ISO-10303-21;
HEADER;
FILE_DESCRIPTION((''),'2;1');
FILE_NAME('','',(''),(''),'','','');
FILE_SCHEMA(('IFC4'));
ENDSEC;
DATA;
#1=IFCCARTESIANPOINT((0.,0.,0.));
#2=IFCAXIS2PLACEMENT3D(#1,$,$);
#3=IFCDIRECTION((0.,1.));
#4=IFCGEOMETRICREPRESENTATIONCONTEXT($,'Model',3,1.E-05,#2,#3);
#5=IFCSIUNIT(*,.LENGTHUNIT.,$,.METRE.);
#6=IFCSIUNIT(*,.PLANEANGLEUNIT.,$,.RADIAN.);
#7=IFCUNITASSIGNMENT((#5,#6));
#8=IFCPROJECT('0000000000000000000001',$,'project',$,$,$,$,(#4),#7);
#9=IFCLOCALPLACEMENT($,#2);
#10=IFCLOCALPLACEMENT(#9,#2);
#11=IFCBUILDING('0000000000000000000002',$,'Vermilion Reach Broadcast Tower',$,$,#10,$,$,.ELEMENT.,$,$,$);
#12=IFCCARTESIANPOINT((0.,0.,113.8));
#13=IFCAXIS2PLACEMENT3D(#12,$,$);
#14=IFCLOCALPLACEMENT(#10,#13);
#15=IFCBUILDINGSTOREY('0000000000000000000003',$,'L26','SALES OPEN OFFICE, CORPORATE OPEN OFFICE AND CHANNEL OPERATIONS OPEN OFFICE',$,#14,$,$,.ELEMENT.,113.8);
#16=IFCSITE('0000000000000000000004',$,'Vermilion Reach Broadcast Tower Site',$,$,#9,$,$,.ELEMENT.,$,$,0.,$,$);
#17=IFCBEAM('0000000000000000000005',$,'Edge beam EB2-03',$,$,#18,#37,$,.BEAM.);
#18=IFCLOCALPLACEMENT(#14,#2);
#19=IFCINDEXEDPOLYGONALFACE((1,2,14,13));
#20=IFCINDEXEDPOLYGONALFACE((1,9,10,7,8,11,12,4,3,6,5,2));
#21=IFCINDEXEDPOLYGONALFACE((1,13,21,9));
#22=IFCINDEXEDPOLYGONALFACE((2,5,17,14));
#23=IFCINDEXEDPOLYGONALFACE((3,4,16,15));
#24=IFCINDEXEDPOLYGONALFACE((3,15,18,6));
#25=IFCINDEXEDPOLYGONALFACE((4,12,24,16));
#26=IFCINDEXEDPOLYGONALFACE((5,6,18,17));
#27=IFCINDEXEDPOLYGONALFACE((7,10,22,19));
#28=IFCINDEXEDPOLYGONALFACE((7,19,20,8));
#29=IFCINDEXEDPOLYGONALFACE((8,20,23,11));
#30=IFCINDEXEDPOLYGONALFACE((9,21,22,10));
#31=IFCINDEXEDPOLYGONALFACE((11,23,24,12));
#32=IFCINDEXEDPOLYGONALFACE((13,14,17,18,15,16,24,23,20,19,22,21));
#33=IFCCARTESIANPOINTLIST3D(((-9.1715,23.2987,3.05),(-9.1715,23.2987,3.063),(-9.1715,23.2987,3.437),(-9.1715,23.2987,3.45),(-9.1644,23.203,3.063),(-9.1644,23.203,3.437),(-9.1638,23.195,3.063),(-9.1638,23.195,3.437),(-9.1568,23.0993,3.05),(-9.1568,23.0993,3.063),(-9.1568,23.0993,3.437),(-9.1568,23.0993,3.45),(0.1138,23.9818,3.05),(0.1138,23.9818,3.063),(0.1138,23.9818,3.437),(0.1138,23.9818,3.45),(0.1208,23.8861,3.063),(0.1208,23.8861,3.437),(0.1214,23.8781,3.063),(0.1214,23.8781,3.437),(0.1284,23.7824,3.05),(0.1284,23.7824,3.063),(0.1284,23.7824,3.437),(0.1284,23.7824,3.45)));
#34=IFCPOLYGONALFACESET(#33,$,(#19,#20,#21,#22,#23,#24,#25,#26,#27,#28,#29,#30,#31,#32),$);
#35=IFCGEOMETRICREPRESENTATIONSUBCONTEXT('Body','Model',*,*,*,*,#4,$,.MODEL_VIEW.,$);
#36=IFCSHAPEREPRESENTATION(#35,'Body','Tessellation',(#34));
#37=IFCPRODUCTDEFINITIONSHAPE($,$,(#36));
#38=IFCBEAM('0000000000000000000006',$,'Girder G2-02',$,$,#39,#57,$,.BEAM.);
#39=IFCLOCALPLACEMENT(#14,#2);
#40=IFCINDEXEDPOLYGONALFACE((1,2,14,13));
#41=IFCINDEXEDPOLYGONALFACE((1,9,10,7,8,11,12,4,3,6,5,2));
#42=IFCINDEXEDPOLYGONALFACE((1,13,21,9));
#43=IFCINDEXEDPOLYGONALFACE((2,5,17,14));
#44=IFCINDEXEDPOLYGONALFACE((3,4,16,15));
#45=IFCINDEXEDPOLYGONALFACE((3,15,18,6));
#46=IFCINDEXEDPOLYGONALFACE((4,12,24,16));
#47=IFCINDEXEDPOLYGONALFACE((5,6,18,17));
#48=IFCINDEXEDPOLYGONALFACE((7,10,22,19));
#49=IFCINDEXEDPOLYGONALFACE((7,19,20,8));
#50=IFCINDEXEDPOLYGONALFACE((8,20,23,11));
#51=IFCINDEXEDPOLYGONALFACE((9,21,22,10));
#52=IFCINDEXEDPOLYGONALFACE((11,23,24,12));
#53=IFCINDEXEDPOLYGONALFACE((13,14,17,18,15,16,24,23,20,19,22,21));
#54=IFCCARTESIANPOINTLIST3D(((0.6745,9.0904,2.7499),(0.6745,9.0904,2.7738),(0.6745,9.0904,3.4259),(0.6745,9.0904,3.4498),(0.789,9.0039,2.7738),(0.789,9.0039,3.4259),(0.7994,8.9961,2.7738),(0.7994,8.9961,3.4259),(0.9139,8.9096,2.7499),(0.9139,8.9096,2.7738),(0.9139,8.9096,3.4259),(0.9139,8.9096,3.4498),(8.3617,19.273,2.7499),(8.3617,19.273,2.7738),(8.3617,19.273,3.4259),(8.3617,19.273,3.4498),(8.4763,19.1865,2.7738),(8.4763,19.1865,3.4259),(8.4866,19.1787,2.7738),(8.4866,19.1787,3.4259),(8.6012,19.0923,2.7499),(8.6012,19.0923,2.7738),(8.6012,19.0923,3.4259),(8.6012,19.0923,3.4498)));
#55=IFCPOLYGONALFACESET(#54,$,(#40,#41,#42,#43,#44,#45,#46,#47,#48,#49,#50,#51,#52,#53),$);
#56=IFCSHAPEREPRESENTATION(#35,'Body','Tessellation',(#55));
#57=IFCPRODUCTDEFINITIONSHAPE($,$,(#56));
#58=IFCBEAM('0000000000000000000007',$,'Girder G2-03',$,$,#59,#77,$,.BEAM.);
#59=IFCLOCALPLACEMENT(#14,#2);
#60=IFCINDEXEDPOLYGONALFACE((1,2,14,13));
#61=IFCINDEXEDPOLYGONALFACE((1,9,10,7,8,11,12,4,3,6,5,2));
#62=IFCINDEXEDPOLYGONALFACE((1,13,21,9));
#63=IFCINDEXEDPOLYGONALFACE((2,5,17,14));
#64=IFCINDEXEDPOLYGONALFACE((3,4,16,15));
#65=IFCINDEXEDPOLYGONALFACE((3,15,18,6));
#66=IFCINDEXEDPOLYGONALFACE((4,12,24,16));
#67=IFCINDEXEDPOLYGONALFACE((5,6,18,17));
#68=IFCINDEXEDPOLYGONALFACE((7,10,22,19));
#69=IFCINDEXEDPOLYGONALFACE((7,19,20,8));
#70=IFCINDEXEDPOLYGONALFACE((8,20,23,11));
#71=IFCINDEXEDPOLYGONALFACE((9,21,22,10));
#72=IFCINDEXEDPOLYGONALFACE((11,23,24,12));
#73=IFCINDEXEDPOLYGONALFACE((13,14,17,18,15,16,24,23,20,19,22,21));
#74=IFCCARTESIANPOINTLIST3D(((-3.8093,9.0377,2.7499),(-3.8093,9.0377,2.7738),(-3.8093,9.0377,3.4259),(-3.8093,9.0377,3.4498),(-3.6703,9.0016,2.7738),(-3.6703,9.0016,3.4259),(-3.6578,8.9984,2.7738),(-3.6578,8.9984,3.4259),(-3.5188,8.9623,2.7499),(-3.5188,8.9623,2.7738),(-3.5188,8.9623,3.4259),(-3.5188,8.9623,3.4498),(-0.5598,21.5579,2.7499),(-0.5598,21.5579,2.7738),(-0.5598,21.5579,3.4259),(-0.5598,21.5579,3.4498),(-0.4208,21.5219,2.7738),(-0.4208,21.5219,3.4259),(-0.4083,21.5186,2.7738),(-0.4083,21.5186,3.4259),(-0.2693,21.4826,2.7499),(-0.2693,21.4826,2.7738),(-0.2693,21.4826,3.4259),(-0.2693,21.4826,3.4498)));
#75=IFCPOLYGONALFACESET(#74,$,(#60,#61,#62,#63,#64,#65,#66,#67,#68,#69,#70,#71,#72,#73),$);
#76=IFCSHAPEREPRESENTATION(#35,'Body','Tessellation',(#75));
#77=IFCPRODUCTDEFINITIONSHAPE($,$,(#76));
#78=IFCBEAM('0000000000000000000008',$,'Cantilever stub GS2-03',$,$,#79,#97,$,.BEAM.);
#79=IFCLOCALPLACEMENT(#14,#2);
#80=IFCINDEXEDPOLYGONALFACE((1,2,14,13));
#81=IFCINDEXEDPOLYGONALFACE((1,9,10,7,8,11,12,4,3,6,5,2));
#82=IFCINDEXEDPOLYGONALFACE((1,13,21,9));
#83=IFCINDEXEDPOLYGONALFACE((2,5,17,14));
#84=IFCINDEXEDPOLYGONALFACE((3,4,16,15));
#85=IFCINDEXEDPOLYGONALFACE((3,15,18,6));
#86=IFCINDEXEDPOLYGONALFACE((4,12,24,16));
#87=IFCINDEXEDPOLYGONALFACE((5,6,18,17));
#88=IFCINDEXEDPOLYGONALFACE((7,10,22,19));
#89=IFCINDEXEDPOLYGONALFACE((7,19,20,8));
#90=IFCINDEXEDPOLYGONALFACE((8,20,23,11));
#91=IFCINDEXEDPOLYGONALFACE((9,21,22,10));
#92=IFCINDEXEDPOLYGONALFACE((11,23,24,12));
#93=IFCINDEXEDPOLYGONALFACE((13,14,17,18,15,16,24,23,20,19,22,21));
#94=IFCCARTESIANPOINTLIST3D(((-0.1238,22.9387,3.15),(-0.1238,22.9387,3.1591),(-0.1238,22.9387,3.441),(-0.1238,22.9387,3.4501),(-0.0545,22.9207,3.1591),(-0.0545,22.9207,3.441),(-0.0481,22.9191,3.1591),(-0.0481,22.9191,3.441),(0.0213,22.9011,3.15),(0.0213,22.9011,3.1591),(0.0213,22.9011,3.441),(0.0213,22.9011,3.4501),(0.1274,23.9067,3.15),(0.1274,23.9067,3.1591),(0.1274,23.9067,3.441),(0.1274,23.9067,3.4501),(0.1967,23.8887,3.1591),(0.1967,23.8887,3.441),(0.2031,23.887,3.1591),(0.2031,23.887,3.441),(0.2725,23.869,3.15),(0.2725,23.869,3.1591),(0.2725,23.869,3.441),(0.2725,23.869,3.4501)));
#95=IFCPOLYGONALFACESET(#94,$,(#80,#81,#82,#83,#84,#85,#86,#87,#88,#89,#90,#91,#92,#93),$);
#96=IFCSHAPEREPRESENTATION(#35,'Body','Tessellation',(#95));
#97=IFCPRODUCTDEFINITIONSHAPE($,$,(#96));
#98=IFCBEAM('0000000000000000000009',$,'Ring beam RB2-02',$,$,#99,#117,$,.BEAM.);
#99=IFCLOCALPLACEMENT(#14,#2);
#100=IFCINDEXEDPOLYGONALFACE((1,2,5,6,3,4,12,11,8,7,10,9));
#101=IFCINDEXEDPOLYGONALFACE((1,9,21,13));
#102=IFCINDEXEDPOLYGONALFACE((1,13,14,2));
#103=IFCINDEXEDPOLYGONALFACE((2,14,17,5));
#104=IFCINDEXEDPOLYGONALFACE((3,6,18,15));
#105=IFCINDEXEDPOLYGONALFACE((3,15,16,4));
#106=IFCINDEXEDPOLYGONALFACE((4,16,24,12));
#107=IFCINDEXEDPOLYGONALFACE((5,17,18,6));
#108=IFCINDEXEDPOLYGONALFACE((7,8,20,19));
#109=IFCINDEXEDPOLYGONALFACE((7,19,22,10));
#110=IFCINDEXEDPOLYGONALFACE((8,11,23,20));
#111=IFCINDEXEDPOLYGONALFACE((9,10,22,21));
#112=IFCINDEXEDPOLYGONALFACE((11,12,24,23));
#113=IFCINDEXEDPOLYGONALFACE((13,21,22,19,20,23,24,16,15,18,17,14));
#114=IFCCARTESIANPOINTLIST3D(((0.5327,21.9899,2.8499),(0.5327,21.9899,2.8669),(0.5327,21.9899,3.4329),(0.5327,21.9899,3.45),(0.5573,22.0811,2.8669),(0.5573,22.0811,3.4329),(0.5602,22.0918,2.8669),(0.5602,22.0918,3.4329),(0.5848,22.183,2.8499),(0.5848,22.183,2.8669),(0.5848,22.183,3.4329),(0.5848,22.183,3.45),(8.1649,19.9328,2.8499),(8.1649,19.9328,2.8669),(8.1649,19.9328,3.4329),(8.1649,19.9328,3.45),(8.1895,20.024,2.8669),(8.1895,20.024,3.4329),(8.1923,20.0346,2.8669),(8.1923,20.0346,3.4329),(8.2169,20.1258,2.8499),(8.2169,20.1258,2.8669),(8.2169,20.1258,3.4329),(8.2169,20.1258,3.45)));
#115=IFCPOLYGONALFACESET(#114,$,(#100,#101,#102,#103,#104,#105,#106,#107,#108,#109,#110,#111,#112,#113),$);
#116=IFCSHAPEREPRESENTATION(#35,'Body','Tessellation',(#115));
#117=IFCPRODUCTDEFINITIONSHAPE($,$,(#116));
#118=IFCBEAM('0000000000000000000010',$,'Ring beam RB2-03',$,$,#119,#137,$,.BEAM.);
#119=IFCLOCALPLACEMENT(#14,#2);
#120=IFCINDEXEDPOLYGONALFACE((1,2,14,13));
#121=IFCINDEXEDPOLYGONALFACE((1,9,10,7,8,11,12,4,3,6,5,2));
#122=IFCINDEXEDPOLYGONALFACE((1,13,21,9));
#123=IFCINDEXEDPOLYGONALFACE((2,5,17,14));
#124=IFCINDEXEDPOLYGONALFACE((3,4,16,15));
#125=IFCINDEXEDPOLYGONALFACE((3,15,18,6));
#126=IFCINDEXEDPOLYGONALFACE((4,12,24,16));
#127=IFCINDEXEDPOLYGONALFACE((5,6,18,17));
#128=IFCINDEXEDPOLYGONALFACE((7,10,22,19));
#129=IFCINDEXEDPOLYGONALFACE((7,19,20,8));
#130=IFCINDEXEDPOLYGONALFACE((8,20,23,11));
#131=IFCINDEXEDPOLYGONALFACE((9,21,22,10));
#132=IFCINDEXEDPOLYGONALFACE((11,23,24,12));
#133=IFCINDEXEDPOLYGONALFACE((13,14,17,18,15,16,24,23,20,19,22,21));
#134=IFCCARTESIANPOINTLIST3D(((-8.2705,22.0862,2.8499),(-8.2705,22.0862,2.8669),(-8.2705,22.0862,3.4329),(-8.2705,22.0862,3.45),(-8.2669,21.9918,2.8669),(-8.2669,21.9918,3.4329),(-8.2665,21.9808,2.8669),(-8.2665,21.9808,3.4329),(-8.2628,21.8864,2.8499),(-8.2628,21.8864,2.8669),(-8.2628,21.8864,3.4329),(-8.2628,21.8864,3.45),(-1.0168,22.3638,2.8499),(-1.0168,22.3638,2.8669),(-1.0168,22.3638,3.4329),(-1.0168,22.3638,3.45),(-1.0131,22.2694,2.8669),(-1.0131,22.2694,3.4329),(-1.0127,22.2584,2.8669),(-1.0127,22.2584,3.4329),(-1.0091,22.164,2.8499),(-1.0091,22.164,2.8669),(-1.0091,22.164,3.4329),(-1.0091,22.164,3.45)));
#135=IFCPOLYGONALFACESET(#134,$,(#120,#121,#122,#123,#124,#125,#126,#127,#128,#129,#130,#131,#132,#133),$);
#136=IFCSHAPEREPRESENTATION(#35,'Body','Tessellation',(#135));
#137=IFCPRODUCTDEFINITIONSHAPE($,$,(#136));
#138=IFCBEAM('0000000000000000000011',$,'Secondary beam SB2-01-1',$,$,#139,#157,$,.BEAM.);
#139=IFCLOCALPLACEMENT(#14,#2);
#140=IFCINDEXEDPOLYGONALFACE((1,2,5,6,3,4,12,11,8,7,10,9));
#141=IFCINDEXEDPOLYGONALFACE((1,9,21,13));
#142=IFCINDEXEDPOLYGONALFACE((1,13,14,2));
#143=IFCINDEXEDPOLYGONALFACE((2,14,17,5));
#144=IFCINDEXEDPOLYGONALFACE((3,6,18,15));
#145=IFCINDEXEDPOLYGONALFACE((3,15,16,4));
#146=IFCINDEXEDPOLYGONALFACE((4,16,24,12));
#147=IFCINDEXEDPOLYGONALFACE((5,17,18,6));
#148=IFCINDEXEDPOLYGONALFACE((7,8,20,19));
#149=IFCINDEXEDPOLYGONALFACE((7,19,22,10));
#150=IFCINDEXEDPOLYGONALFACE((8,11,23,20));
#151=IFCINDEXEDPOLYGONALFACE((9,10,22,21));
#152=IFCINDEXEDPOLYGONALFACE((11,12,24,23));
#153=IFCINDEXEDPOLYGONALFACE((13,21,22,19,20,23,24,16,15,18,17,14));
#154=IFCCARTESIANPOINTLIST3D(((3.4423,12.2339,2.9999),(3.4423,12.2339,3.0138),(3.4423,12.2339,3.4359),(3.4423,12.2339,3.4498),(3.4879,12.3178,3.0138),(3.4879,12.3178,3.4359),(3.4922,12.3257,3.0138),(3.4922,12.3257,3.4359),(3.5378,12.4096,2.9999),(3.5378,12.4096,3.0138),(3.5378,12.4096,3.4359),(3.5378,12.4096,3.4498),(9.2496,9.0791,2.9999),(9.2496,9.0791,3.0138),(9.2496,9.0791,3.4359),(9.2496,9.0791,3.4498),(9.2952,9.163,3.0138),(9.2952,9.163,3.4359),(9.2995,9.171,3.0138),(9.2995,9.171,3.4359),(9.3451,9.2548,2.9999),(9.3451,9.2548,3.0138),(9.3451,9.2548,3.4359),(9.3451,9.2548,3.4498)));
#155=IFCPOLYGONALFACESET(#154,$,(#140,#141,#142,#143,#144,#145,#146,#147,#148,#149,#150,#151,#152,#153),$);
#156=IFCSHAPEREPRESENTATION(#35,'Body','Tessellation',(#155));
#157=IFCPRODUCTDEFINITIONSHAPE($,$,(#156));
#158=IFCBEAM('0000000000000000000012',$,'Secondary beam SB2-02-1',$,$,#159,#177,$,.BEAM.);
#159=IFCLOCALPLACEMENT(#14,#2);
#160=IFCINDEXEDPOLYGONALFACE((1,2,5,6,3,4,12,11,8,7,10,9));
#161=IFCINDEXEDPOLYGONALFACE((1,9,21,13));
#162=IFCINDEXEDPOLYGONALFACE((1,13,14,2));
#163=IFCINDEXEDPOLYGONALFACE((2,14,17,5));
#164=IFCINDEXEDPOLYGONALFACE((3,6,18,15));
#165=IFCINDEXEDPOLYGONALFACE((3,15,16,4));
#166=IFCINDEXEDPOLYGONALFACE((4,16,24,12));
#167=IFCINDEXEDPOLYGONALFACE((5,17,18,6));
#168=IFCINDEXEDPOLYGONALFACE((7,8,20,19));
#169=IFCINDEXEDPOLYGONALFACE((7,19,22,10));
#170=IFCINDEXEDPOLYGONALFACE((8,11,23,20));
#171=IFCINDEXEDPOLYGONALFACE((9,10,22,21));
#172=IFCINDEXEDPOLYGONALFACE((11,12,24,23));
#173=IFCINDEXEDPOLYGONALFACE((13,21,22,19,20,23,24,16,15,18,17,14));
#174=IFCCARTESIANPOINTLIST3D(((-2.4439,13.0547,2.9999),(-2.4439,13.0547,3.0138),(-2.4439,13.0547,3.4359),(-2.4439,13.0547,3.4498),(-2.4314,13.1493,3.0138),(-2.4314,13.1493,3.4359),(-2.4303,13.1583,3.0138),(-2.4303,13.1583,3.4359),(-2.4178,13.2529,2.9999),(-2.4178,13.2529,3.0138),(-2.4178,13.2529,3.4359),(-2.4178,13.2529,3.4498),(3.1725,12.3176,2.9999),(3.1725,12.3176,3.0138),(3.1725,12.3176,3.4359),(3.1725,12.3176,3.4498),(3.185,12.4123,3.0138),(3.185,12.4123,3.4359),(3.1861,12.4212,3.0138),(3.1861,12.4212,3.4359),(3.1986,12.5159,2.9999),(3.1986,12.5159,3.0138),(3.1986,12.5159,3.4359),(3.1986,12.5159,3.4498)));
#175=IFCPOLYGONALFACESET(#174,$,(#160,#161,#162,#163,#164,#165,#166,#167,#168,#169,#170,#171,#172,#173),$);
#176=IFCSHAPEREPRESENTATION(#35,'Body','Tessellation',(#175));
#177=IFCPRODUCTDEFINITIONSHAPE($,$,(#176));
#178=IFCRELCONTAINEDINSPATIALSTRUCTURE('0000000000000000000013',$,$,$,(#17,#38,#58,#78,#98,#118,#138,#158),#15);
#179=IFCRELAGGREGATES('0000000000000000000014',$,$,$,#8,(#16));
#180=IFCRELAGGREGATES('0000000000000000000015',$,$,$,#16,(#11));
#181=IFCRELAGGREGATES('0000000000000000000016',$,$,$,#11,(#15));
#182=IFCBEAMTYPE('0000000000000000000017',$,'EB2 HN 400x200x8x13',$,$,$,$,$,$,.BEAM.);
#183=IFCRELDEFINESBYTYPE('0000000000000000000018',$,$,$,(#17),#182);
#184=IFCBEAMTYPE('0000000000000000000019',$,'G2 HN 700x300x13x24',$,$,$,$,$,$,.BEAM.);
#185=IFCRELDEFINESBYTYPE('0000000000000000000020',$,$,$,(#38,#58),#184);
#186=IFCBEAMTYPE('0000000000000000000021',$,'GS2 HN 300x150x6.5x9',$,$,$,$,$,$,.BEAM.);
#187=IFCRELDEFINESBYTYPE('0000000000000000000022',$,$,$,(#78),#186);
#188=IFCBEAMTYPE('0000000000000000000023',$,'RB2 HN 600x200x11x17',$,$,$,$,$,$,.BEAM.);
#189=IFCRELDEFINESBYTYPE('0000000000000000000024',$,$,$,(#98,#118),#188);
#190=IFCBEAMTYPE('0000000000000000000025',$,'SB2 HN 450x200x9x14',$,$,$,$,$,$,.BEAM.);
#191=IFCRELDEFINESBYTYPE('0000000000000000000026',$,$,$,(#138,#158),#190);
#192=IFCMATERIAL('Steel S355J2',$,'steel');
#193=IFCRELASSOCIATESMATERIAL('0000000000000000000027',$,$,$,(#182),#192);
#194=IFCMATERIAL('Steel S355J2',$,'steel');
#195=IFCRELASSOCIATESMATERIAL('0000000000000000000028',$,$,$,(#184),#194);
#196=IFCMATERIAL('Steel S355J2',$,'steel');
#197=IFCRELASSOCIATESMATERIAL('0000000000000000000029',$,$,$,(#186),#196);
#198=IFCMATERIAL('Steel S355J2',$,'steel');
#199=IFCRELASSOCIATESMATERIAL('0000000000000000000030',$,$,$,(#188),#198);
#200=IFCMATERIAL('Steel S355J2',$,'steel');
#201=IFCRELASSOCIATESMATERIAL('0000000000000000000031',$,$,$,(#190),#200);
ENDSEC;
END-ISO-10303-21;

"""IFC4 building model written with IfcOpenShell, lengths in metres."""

from ifc_helpers import new_model, si_unit, direction, frame, origin, origin_2d, place, context, subcontext, project, spatial, i_section, extrude, material, material_profile, profile_set, type_object, element, save


model = new_model("IFC4")

# Units and contexts
model_context = context("Model", 3, precision=1e-05, world=origin(), true_north=direction((0.0, 1.0)))
body_context = subcontext(model_context, "Body", "Model", "MODEL_VIEW")
ifc_project = project(units=[si_unit("LENGTHUNIT", "METRE"), si_unit("PLANEANGLEUNIT", "RADIAN")], contexts=[model_context])

# Site, building, storey
site_placement = place(None, origin())
site = spatial("IfcSite", under=ifc_project, at=site_placement, Name="Vermilion Reach Broadcast Tower Site", CompositionType="ELEMENT", RefElevation=0.0)
building_placement = place(site_placement, origin())
building = spatial("IfcBuilding", under=site, at=building_placement, Name="Vermilion Reach Broadcast Tower", CompositionType="ELEMENT")
storey_placement = place(building_placement, frame((0.0, 0.0, 113.8)))
storey = spatial("IfcBuildingStorey", under=building, at=storey_placement, Name="L26", Description="SALES OPEN OFFICE, CORPORATE OPEN OFFICE AND CHANNEL OPERATIONS OPEN OFFICE", CompositionType="ELEMENT", Elevation=113.8)

# Beams
ifc_material_1 = material(Name="Steel S355J2", Category="steel")
ifc_material_profile_1 = material_profile(ifc_material_1, i_section(OverallWidth=0.2, OverallDepth=0.3999, WebThickness=0.0081, FlangeThickness=0.0129, at=origin_2d()), Name="S355J2 HN 400x200x8x13")
ifc_profile_set_1 = profile_set([ifc_material_profile_1], Name="Steel S355J2")
beam_type_1 = type_object("IfcBeamType", Name="EB2 HN 400x200x8x13", PredefinedType="BEAM", material=ifc_profile_set_1)
beam_1_placement = place(storey_placement, frame((0.1211, 23.8821, 3.25), z_axis=(-0.997305, -0.073371, 0.0), x_axis=(0.073371, -0.997305, 0.0)))
element("IfcBeam", 1, at=beam_1_placement, inside=storey, type_object=beam_type_1, Name="Edge beam EB2-03", PredefinedType="BEAM", context=body_context, shape_type="SweptSolid", body=[
    extrude(i_section(OverallWidth=0.2, OverallDepth=0.3999, WebThickness=0.0081, FlangeThickness=0.0129, at=origin_2d()), origin(), (0.0, 0.0, 1.0), 9.3103),
])
ifc_material_2 = material(Name="Steel S355J2", Category="steel")
ifc_material_profile_2 = material_profile(ifc_material_2, i_section(OverallWidth=0.3, OverallDepth=0.7, WebThickness=0.0129, FlangeThickness=0.0239, at=origin_2d()), Name="S355J2 HN 700x300x13x24")
ifc_profile_set_2 = profile_set([ifc_material_profile_2], Name="Steel S355J2")
beam_type_2 = type_object("IfcBeamType", Name="G2 HN 700x300x13x24", PredefinedType="BEAM", material=ifc_profile_set_2)
beam_2_placement = place(storey_placement, frame((0.7942, 9.0, 3.0999), z_axis=(0.60252, 0.798104, 0.0), x_axis=(-0.798104, 0.60252, 0.0)))
element("IfcBeam", 2, at=beam_2_placement, inside=storey, type_object=beam_type_2, Name="Girder G2-02", PredefinedType="BEAM", context=body_context, shape_type="SweptSolid", body=[
    extrude(i_section(OverallWidth=0.3, OverallDepth=0.7, WebThickness=0.0129, FlangeThickness=0.0239, at=origin_2d()), origin(), (0.0, 0.0, 1.0), 12.7585),
])
beam_3_placement = place(storey_placement, frame((-3.6641, 9.0, 3.0999), z_axis=(0.251217, 0.967931, 0.0), x_axis=(-0.967931, 0.251217, 0.0)))
element("IfcBeam", 3, at=beam_3_placement, inside=storey, type_object=beam_type_2, Name="Girder G2-03", PredefinedType="BEAM", context=body_context, shape_type="SweptSolid", body=[
    extrude(i_section(OverallWidth=0.3, OverallDepth=0.7, WebThickness=0.0129, FlangeThickness=0.0239, at=origin_2d()), origin(), (0.0, 0.0, 1.0), 12.9351),
])
ifc_material_3 = material(Name="Steel S355J2", Category="steel")
ifc_material_profile_3 = material_profile(ifc_material_3, i_section(OverallWidth=0.1499, OverallDepth=0.3, WebThickness=0.0066, FlangeThickness=0.009, at=origin_2d()), Name="S355J2 HN 300x150x6.5x9")
ifc_profile_set_3 = profile_set([ifc_material_profile_3], Name="Steel S355J2")
beam_type_3 = type_object("IfcBeamType", Name="GS2 HN 300x150x6.5x9", PredefinedType="BEAM", material=ifc_profile_set_3)
beam_4_placement = place(storey_placement, frame((-0.0513, 22.9199, 3.3), z_axis=(0.251199, 0.967935, 0.0), x_axis=(-0.967935, 0.251199, 0.0)))
element("IfcBeam", 4, at=beam_4_placement, inside=storey, type_object=beam_type_3, Name="Cantilever stub GS2-03", PredefinedType="BEAM", context=body_context, shape_type="SweptSolid", body=[
    extrude(i_section(OverallWidth=0.1499, OverallDepth=0.3, WebThickness=0.0066, FlangeThickness=0.009, at=origin_2d()), origin(), (0.0, 0.0, 1.0), 1.0),
])
ifc_material_4 = material(Name="Steel S355J2", Category="steel")
ifc_material_profile_4 = material_profile(ifc_material_4, i_section(OverallWidth=0.2, OverallDepth=0.6001, WebThickness=0.011, FlangeThickness=0.0171, at=origin_2d()), Name="S355J2 HN 600x200x11x17")
ifc_profile_set_4 = profile_set([ifc_material_profile_4], Name="Steel S355J2")
beam_type_4 = type_object("IfcBeamType", Name="RB2 HN 600x200x11x17", PredefinedType="BEAM", material=ifc_profile_set_4)
beam_5_placement = place(storey_placement, frame((8.1909, 20.0293, 3.1499), z_axis=(-0.965541, 0.260249, 0.0), x_axis=(-0.260249, -0.965541, 0.0)))
element("IfcBeam", 5, at=beam_5_placement, inside=storey, type_object=beam_type_4, Name="Ring beam RB2-02", PredefinedType="BEAM", context=body_context, shape_type="SweptSolid", body=[
    extrude(i_section(OverallWidth=0.2, OverallDepth=0.6001, WebThickness=0.011, FlangeThickness=0.0171, at=origin_2d()), origin(), (0.0, 0.0, 1.0), 7.9045),
])
beam_6_placement = place(storey_placement, frame((-1.0129, 22.2639, 3.1499), z_axis=(-0.999269, -0.038241, 0.0), x_axis=(0.038241, -0.999269, 0.0)))
element("IfcBeam", 6, at=beam_6_placement, inside=storey, type_object=beam_type_4, Name="Ring beam RB2-03", PredefinedType="BEAM", context=body_context, shape_type="SweptSolid", body=[
    extrude(i_section(OverallWidth=0.2, OverallDepth=0.6001, WebThickness=0.011, FlangeThickness=0.0171, at=origin_2d()), origin(), (0.0, 0.0, 1.0), 7.259),
])
ifc_material_5 = material(Name="Steel S355J2", Category="steel")
ifc_material_profile_5 = material_profile(ifc_material_5, i_section(OverallWidth=0.2, OverallDepth=0.45, WebThickness=0.009, FlangeThickness=0.0139, at=origin_2d()), Name="S355J2 HN 450x200x9x14")
ifc_profile_set_5 = profile_set([ifc_material_profile_5], Name="Steel S355J2")
beam_type_5 = type_object("IfcBeamType", Name="SB2 HN 450x200x9x14", PredefinedType="BEAM", material=ifc_profile_set_5)
beam_7_placement = place(storey_placement, frame((9.2974, 9.167, 3.2249), z_axis=(-0.878713, 0.47735, 0.0), x_axis=(-0.47735, -0.878713, 0.0)))
element("IfcBeam", 7, at=beam_7_placement, inside=storey, type_object=beam_type_5, Name="Secondary beam SB2-01-1", PredefinedType="BEAM", context=body_context, shape_type="SweptSolid", body=[
    extrude(i_section(OverallWidth=0.2, OverallDepth=0.45, WebThickness=0.009, FlangeThickness=0.0139, at=origin_2d()), origin(), (0.0, 0.0, 1.0), 6.6089),
])
beam_8_placement = place(storey_placement, frame((3.1855, 12.4167, 3.2249), z_axis=(-0.991499, 0.130117, 0.0), x_axis=(-0.130117, -0.991499, 0.0)))
element("IfcBeam", 8, at=beam_8_placement, inside=storey, type_object=beam_type_5, Name="Secondary beam SB2-02-1", PredefinedType="BEAM", context=body_context, shape_type="SweptSolid", body=[
    extrude(i_section(OverallWidth=0.2, OverallDepth=0.45, WebThickness=0.009, FlangeThickness=0.0139, at=origin_2d()), origin(), (0.0, 0.0, 1.0), 5.6646),
])

save(model, "model.ifc")
